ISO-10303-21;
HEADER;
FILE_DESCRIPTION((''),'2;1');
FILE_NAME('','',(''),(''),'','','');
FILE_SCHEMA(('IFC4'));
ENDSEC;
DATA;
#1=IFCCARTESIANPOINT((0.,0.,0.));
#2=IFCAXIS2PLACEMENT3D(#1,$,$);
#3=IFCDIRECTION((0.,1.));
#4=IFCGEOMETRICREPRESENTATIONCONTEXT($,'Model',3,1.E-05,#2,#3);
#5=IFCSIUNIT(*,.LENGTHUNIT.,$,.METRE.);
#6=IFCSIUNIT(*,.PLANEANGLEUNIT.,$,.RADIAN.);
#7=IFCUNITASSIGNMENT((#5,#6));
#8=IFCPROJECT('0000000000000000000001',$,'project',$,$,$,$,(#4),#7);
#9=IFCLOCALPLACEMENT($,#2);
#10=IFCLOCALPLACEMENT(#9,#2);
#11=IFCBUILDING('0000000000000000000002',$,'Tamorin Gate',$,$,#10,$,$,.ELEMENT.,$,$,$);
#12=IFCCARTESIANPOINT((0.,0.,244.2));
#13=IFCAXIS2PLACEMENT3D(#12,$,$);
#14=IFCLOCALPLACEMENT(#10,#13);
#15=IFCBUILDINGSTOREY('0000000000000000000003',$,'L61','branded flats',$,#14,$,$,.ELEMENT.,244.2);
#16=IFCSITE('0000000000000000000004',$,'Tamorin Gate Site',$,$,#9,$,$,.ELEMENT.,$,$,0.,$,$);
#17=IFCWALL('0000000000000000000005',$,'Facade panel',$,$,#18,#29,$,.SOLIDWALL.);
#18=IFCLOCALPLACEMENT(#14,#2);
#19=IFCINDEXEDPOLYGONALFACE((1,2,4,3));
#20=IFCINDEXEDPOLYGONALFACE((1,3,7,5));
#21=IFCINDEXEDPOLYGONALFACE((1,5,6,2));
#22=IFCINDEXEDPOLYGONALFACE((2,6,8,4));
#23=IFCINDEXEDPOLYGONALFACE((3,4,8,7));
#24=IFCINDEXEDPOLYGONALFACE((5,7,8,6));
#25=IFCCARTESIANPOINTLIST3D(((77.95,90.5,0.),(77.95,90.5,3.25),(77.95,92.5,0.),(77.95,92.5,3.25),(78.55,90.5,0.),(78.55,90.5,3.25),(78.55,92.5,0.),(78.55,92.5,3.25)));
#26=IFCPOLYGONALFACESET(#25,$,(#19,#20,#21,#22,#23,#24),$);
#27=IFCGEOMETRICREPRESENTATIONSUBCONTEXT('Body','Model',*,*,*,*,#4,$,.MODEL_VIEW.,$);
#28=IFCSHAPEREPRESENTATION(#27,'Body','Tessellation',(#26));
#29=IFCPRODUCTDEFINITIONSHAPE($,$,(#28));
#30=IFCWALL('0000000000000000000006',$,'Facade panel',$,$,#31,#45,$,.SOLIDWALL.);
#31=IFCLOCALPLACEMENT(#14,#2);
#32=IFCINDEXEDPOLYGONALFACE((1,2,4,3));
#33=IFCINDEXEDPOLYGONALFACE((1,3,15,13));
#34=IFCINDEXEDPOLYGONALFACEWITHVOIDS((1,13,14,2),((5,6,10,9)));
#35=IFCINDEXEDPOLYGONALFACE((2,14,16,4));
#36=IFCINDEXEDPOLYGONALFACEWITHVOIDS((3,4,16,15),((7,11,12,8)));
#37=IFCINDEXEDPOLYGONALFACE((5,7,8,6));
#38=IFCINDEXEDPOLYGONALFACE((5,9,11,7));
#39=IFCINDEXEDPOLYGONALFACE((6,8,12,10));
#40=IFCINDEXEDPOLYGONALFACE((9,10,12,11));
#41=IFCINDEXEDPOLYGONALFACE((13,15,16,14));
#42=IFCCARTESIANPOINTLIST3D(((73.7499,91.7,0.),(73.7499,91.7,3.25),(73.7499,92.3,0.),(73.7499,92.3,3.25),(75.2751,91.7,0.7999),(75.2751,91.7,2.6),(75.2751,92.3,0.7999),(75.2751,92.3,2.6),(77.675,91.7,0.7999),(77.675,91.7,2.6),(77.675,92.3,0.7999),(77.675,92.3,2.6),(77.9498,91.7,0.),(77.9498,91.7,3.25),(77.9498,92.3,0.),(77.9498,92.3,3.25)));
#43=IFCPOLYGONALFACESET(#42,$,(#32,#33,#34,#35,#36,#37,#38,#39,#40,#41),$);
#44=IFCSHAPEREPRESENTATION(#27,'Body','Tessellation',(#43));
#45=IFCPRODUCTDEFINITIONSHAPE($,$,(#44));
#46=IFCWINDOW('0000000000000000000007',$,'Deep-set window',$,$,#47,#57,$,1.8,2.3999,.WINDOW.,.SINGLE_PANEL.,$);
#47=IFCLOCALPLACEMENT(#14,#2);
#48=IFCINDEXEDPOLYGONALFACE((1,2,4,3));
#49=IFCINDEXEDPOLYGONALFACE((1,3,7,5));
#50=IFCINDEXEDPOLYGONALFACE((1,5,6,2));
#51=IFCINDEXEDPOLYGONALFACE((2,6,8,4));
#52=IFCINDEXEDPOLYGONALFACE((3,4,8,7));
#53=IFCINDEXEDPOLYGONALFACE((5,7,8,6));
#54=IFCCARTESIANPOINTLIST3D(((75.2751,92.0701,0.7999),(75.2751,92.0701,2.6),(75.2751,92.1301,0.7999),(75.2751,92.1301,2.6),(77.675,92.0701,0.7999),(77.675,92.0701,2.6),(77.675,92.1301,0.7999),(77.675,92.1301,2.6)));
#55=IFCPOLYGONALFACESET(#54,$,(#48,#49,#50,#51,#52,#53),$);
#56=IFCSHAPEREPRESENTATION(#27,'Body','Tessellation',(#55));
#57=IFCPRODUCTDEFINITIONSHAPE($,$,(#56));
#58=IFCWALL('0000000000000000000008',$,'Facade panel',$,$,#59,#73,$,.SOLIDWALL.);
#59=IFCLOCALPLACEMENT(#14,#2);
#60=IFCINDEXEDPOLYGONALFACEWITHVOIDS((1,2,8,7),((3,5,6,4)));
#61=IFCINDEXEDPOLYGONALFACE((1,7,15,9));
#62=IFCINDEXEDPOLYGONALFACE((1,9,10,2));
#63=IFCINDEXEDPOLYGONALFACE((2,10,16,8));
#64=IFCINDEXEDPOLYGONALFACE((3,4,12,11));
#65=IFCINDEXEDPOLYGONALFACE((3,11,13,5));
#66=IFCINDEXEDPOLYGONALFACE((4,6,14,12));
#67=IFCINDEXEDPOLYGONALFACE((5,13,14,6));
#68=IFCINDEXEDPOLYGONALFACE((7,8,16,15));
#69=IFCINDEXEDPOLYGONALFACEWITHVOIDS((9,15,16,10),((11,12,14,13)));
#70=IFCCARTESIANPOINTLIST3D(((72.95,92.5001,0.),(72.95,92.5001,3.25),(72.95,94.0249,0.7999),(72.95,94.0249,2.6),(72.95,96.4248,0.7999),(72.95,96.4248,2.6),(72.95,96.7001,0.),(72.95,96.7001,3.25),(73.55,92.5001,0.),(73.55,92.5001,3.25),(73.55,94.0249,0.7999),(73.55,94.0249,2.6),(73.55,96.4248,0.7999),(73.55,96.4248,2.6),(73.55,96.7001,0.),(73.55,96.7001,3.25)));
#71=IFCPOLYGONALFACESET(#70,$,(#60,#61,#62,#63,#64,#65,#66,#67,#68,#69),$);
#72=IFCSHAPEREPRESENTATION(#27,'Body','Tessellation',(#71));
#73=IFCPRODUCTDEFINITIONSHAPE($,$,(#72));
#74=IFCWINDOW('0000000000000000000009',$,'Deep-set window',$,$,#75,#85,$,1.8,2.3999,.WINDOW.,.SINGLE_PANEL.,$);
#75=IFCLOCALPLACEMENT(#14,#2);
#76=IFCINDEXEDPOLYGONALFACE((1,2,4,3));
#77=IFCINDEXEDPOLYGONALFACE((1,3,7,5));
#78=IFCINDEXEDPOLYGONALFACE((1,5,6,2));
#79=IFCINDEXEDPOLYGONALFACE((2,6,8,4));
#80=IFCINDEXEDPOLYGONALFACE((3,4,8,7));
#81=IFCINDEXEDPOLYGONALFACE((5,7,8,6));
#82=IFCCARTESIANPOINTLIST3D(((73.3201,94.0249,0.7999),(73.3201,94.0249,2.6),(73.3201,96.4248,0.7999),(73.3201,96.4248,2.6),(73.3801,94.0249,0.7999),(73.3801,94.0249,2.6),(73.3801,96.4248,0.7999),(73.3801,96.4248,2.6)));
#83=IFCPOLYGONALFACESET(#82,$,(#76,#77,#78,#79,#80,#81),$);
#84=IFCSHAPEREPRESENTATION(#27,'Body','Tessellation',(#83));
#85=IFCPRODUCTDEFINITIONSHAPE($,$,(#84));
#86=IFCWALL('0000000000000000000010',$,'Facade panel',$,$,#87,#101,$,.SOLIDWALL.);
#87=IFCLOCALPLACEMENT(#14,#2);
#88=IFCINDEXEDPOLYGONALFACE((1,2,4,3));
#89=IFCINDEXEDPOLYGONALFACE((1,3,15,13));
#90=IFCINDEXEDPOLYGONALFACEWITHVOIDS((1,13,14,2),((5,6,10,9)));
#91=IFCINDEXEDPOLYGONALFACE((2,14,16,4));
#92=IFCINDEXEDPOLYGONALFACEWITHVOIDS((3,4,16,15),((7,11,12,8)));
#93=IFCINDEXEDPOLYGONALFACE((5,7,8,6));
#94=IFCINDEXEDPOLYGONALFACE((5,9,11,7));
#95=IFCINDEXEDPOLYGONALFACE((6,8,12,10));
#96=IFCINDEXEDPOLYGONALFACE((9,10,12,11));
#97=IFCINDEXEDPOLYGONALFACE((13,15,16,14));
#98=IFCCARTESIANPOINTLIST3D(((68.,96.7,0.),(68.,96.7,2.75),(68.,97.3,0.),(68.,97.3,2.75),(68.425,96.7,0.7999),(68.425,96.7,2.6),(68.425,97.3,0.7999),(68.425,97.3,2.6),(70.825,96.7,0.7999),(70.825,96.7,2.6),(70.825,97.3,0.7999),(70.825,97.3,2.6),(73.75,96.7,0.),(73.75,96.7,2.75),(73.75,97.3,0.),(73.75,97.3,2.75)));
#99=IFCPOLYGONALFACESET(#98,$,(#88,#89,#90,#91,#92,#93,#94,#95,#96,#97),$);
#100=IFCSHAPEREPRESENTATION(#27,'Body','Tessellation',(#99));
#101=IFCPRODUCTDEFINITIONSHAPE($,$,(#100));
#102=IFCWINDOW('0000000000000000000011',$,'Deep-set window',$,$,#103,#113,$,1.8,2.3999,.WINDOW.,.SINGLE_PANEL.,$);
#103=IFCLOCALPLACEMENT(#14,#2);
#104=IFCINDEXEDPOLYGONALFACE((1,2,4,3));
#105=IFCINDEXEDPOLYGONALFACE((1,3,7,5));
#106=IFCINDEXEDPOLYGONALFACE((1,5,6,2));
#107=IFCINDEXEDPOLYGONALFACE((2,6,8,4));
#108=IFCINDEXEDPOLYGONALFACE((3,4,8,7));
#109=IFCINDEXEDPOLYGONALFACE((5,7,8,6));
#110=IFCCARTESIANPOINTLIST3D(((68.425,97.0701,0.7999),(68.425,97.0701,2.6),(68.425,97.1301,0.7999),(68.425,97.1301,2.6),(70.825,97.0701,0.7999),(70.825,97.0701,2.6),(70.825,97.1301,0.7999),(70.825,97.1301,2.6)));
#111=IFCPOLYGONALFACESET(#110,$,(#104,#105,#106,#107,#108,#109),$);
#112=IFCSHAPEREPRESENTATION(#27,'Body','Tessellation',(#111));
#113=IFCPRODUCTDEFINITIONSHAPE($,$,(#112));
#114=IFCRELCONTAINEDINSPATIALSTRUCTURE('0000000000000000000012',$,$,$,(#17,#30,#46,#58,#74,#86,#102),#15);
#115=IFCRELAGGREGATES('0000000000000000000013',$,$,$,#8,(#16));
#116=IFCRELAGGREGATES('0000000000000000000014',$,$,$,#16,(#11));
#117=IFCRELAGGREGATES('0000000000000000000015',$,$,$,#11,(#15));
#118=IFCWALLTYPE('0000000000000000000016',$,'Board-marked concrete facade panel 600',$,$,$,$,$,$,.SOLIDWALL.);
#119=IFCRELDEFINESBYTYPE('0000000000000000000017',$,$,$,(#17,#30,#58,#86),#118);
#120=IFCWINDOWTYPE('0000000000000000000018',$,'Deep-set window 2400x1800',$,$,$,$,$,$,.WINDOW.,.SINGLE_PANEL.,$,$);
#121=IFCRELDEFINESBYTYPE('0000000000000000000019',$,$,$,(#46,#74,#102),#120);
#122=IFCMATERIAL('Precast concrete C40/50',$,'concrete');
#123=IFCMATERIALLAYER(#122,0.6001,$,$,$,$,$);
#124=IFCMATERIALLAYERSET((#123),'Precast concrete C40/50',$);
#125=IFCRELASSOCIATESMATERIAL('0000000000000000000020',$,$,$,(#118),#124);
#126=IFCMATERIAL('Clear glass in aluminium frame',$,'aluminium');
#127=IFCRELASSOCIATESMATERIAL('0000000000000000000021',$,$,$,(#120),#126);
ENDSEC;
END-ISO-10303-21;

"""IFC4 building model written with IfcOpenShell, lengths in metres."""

from ifc_helpers import new_model, si_unit, direction, frame, frame_2d, origin, place, context, subcontext, project, spatial, rectangle, extrude, material, layer, layer_set, type_object, element, fill, save


model = new_model("IFC4")

# Units and contexts
model_context = context("Model", 3, precision=1e-05, world=origin(), true_north=direction((0.0, 1.0)))
body_context = subcontext(model_context, "Body", "Model", "MODEL_VIEW")
ifc_project = project(units=[si_unit("LENGTHUNIT", "METRE"), si_unit("PLANEANGLEUNIT", "RADIAN")], contexts=[model_context])

# Site, building, storey
site_placement = place(None, origin())
site = spatial("IfcSite", under=ifc_project, at=site_placement, Name="Tamorin Gate Site", CompositionType="ELEMENT", RefElevation=0.0)
building_placement = place(site_placement, origin())
building = spatial("IfcBuilding", under=site, at=building_placement, Name="Tamorin Gate", CompositionType="ELEMENT")
storey_placement = place(building_placement, frame((0.0, 0.0, 244.2)))
storey = spatial("IfcBuildingStorey", under=building, at=storey_placement, Name="L61", Description="branded flats", CompositionType="ELEMENT", Elevation=244.2)

# Shared definitions
ifc_material_1 = material(Name="Precast concrete C40/50", Category="concrete")
ifc_layer = layer(ifc_material_1, 0.6001)
ifc_layer_set = layer_set([ifc_layer], Name="Precast concrete C40/50")
wall_type = type_object("IfcWallType", Name="Board-marked concrete facade panel 600", PredefinedType="SOLIDWALL", material=ifc_layer_set)
ifc_material_2 = material(Name="Clear glass in aluminium frame", Category="aluminium")
window_type = type_object("IfcWindowType", Name="Deep-set window 2400x1800", PartitioningType="SINGLE_PANEL", PredefinedType="WINDOW", material=ifc_material_2)

# Wall
wall_1_placement = place(storey_placement, frame((78.25, 90.5, 0.0), z_axis=(0.0, 0.0, 1.0), x_axis=(0.0, 1.0, 0.0)))
element("IfcWall", 1, at=wall_1_placement, inside=storey, type_object=wall_type, Name="Facade panel", PredefinedType="SOLIDWALL", context=body_context, shape_type="SweptSolid", body=[
    extrude(rectangle(XDim=2.0, YDim=0.6001, at=frame_2d((1.0, 0.0))), origin(), (0.0, 0.0, 1.0), 3.25),
])

# Walls, openings, windows
wall_2_placement = place(storey_placement, frame((77.95, 92.0, 0.0), z_axis=(0.0, 0.0, 1.0), x_axis=(-1.0, 0.0, 0.0)))
wall_2 = element("IfcWall", 2, at=wall_2_placement, inside=storey, type_object=wall_type, Name="Facade panel", PredefinedType="SOLIDWALL", context=body_context, shape_type="SweptSolid", body=[
    extrude(rectangle(XDim=4.2, YDim=0.6001, at=frame_2d((2.1001, 0.0))), origin(), (0.0, 0.0, 1.0), 3.25),
])
opening_1_placement = place(wall_2_placement, frame((0.2749, 0.0, 0.8)))
opening_1 = element("IfcOpeningElement", 3, at=opening_1_placement, cuts=wall_2, PredefinedType="OPENING", context=body_context, shape_type="SweptSolid", body=[
    extrude(rectangle(XDim=2.3999, YDim=1.8, at=frame_2d((1.2, 0.8999))), frame((0.0, 0.3101, 0.0), z_axis=(0.0, -1.0, 0.0), x_axis=(1.0, 0.0, 0.0)), (0.0, 0.0, 1.0), 0.6201),
])
window_1_placement = place(opening_1_placement, origin())
window_1 = element("IfcWindow", 4, at=window_1_placement, inside=storey, type_object=window_type, Name="Deep-set window", OverallHeight=1.8, OverallWidth=2.3999, PartitioningType="SINGLE_PANEL", PredefinedType="WINDOW", context=body_context, shape_type="SweptSolid", body=[
    extrude(rectangle(XDim=2.3999, YDim=1.8, at=frame_2d((1.2, 0.8999))), frame((0.0, -0.0701, 0.0), z_axis=(0.0, -1.0, 0.0), x_axis=(1.0, 0.0, 0.0)), (0.0, 0.0, 1.0), 0.0601),
])
fill(opening_1, window_1)
wall_3_placement = place(storey_placement, frame((73.25, 92.5, 0.0), z_axis=(0.0, 0.0, 1.0), x_axis=(0.0, 1.0, 0.0)))
wall_3 = element("IfcWall", 5, at=wall_3_placement, inside=storey, type_object=wall_type, Name="Facade panel", PredefinedType="SOLIDWALL", context=body_context, shape_type="SweptSolid", body=[
    extrude(rectangle(XDim=4.2, YDim=0.6001, at=frame_2d((2.1001, 0.0))), origin(), (0.0, 0.0, 1.0), 3.25),
])
opening_2_placement = place(wall_3_placement, frame((1.5249, 0.0, 0.8)))
opening_2 = element("IfcOpeningElement", 6, at=opening_2_placement, cuts=wall_3, PredefinedType="OPENING", context=body_context, shape_type="SweptSolid", body=[
    extrude(rectangle(XDim=2.3999, YDim=1.8, at=frame_2d((1.2, 0.8999))), frame((0.0, 0.3101, 0.0), z_axis=(0.0, -1.0, 0.0), x_axis=(1.0, 0.0, 0.0)), (0.0, 0.0, 1.0), 0.6201),
])
window_2_placement = place(opening_2_placement, origin())
window_2 = element("IfcWindow", 7, at=window_2_placement, inside=storey, type_object=window_type, Name="Deep-set window", OverallHeight=1.8, OverallWidth=2.3999, PartitioningType="SINGLE_PANEL", PredefinedType="WINDOW", context=body_context, shape_type="SweptSolid", body=[
    extrude(rectangle(XDim=2.3999, YDim=1.8, at=frame_2d((1.2, 0.8999))), frame((0.0, -0.0701, 0.0), z_axis=(0.0, -1.0, 0.0), x_axis=(1.0, 0.0, 0.0)), (0.0, 0.0, 1.0), 0.0601),
])
fill(opening_2, window_2)
wall_4_placement = place(storey_placement, frame((73.75, 97.0, 0.0), z_axis=(0.0, 0.0, 1.0), x_axis=(-1.0, 0.0, 0.0)))
wall_4 = element("IfcWall", 8, at=wall_4_placement, inside=storey, type_object=wall_type, Name="Facade panel", PredefinedType="SOLIDWALL", context=body_context, shape_type="SweptSolid", body=[
    extrude(rectangle(XDim=5.75, YDim=0.6001, at=frame_2d((2.875, 0.0))), origin(), (0.0, 0.0, 1.0), 2.75),
])
opening_3_placement = place(wall_4_placement, frame((2.925, 0.0, 0.8)))
opening_3 = element("IfcOpeningElement", 9, at=opening_3_placement, cuts=wall_4, PredefinedType="OPENING", context=body_context, shape_type="SweptSolid", body=[
    extrude(rectangle(XDim=2.3999, YDim=1.8, at=frame_2d((1.2, 0.8999))), frame((0.0, 0.3101, 0.0), z_axis=(0.0, -1.0, 0.0), x_axis=(1.0, 0.0, 0.0)), (0.0, 0.0, 1.0), 0.6201),
])
window_3_placement = place(opening_3_placement, origin())
window_3 = element("IfcWindow", 10, at=window_3_placement, inside=storey, type_object=window_type, Name="Deep-set window", OverallHeight=1.8, OverallWidth=2.3999, PartitioningType="SINGLE_PANEL", PredefinedType="WINDOW", context=body_context, shape_type="SweptSolid", body=[
    extrude(rectangle(XDim=2.3999, YDim=1.8, at=frame_2d((1.2, 0.8999))), frame((0.0, -0.0701, 0.0), z_axis=(0.0, -1.0, 0.0), x_axis=(1.0, 0.0, 0.0)), (0.0, 0.0, 1.0), 0.0601),
])
fill(opening_3, window_3)

save(model, "model.ifc")
